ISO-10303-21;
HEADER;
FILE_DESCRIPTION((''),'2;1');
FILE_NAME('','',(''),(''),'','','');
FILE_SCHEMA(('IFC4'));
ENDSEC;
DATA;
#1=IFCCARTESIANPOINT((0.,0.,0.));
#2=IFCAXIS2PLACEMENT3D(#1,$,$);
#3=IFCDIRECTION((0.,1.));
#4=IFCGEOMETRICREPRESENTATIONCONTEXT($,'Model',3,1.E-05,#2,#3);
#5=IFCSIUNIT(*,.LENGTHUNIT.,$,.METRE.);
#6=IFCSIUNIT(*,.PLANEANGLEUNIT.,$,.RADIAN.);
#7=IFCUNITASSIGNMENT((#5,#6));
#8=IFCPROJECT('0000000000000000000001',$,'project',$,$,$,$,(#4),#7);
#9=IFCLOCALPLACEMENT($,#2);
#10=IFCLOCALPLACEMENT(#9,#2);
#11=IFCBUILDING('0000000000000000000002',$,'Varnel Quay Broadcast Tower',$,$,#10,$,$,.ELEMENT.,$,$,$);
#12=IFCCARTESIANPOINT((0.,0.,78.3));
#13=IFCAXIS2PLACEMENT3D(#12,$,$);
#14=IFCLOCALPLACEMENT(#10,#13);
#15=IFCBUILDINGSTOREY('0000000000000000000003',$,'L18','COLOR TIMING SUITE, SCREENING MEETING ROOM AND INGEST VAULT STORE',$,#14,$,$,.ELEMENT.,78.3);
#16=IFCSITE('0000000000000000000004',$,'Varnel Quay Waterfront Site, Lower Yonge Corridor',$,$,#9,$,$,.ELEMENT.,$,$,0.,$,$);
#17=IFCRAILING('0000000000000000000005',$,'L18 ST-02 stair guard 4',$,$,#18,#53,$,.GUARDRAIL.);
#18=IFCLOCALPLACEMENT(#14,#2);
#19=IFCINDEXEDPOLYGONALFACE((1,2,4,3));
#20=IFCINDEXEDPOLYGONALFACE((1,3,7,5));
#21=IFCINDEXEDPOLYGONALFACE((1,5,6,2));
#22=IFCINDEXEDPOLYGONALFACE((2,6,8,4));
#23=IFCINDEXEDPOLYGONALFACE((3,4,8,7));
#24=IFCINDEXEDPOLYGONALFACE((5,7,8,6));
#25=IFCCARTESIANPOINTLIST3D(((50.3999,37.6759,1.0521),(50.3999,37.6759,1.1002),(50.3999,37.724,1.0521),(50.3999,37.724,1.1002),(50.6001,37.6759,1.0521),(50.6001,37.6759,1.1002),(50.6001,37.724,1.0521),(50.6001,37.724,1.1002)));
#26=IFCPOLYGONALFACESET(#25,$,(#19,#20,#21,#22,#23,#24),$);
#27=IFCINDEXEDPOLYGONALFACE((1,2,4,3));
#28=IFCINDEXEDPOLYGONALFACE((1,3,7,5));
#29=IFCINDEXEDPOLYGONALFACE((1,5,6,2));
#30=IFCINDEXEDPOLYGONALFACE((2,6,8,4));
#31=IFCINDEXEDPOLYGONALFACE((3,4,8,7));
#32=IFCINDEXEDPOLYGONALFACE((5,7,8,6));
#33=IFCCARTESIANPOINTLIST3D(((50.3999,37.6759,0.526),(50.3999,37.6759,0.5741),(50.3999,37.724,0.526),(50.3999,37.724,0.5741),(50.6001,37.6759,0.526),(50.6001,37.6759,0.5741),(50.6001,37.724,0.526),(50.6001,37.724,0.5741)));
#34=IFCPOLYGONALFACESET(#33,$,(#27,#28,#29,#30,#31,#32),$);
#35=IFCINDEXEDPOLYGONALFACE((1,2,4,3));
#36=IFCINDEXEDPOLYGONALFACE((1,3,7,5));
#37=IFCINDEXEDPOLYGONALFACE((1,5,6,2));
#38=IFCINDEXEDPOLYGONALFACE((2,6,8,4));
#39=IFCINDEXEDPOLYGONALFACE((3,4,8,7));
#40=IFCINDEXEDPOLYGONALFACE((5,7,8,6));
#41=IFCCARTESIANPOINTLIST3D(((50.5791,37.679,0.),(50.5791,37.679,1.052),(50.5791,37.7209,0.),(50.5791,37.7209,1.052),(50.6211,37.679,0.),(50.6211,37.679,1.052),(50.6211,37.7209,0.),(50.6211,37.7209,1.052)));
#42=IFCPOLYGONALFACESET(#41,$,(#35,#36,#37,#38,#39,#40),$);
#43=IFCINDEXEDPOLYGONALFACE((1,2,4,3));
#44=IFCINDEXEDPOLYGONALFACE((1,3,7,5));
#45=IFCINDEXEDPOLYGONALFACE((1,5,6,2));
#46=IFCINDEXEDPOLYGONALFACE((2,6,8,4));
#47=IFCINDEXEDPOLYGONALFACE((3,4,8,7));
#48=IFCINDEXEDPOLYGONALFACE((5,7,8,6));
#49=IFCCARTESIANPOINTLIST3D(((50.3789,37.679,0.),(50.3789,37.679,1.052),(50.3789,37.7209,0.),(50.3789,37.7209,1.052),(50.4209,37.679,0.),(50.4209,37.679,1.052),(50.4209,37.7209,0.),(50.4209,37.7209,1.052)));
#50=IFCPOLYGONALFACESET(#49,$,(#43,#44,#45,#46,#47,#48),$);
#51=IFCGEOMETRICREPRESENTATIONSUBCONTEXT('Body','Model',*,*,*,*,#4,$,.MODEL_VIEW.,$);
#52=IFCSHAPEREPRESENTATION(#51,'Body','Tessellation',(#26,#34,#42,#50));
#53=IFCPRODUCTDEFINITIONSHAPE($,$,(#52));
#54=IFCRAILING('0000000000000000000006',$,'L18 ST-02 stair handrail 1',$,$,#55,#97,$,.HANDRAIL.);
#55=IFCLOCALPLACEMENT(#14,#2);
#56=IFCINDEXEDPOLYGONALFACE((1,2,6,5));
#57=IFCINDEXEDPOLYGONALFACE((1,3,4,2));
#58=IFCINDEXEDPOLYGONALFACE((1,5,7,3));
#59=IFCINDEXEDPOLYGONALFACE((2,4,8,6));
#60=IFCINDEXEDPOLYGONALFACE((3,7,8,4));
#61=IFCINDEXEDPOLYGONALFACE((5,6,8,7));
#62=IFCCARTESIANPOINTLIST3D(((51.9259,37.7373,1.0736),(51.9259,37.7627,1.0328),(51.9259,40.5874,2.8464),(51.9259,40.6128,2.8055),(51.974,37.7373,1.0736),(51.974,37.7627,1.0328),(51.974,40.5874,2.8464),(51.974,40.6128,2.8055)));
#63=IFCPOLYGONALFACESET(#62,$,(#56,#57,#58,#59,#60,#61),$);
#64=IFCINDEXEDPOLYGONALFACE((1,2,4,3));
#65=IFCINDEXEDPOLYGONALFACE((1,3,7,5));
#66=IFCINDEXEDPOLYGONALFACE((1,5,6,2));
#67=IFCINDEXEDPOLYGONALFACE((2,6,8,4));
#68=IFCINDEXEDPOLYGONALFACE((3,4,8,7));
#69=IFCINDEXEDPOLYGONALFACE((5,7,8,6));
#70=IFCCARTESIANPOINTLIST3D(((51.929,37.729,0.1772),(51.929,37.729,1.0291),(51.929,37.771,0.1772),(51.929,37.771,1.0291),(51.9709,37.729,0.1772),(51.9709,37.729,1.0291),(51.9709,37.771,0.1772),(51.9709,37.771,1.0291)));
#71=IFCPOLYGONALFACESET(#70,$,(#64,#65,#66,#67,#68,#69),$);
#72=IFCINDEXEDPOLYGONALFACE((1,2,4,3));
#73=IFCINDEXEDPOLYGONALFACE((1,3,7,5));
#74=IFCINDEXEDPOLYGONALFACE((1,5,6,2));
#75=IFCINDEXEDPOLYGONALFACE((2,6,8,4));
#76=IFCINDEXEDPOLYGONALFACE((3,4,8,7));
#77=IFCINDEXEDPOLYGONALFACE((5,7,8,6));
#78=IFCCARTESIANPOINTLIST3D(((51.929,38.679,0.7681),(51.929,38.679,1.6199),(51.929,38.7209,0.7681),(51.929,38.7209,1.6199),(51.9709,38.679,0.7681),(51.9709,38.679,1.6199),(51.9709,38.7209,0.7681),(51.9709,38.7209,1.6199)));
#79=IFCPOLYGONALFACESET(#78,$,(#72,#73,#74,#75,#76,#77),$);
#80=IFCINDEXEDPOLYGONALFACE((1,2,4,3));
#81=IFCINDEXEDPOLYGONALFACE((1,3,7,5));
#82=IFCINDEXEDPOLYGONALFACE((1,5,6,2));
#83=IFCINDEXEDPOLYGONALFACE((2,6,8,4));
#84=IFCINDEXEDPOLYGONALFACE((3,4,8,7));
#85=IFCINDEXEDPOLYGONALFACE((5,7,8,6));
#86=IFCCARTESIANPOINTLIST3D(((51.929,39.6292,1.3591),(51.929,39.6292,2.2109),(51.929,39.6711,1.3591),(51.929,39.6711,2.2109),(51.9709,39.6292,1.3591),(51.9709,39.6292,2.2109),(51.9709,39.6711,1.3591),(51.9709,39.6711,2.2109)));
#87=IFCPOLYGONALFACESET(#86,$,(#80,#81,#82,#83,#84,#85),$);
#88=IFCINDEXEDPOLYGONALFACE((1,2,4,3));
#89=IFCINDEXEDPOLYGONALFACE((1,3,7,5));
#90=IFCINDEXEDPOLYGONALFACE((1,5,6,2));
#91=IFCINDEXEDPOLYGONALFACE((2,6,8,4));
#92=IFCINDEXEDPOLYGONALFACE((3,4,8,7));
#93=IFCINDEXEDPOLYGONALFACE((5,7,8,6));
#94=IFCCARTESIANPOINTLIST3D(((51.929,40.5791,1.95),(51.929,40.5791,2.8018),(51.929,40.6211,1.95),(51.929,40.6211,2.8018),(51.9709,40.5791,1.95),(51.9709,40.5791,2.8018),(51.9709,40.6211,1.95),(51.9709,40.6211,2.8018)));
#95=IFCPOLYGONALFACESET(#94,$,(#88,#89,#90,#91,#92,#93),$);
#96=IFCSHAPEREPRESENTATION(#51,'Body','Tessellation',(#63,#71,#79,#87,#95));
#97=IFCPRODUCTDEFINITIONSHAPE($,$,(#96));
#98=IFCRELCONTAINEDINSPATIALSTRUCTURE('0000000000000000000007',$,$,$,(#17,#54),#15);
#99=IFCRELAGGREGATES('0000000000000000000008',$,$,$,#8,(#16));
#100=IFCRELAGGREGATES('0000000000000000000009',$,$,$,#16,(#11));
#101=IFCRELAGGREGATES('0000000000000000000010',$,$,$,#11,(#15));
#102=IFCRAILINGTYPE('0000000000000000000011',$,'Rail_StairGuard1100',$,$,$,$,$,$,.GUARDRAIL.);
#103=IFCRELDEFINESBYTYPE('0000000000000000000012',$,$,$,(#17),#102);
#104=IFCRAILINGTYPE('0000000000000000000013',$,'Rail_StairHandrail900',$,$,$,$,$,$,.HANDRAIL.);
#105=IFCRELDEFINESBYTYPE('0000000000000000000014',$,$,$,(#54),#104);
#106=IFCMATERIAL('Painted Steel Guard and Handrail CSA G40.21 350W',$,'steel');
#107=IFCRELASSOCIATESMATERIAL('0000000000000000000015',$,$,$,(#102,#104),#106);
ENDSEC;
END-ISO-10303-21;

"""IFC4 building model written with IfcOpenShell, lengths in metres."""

from ifc_helpers import new_model, si_unit, direction, frame, origin, origin_2d, place, context, subcontext, project, spatial, rectangle, extrude, material, type_object, element, save


model = new_model("IFC4")

# Units and contexts
model_context = context("Model", 3, precision=1e-05, world=origin(), true_north=direction((0.0, 1.0)))
body_context = subcontext(model_context, "Body", "Model", "MODEL_VIEW")
ifc_project = project(units=[si_unit("LENGTHUNIT", "METRE"), si_unit("PLANEANGLEUNIT", "RADIAN")], contexts=[model_context])

# Site, building, storey
site_placement = place(None, origin())
site = spatial("IfcSite", under=ifc_project, at=site_placement, Name="Varnel Quay Waterfront Site, Lower Yonge Corridor", CompositionType="ELEMENT", RefElevation=0.0)
building_placement = place(site_placement, origin())
building = spatial("IfcBuilding", under=site, at=building_placement, Name="Varnel Quay Broadcast Tower", CompositionType="ELEMENT")
storey_placement = place(building_placement, frame((0.0, 0.0, 78.3)))
storey = spatial("IfcBuildingStorey", under=building, at=storey_placement, Name="L18", Description="COLOR TIMING SUITE, SCREENING MEETING ROOM AND INGEST VAULT STORE", CompositionType="ELEMENT", Elevation=78.3)

# Railings
ifc_material_1 = material(Name="Painted Steel Guard and Handrail CSA G40.21 350W", Category="steel")
railing_type_1 = type_object("IfcRailingType", Name="Rail_StairGuard1100", PredefinedType="GUARDRAIL", material=ifc_material_1)
railing_1_placement = place(storey_placement, frame((50.6001, 37.7, 0.0)))
element("IfcRailing", 1, at=railing_1_placement, inside=storey, type_object=railing_type_1, Name="L18 ST-02 stair guard 4", PredefinedType="GUARDRAIL", context=body_context, shape_type="SweptSolid", body=[
    extrude(rectangle(XDim=0.0481, YDim=0.0481, at=origin_2d()), frame((0.0, 0.0, 1.0762), z_axis=(-1.0, 0.0, 0.0), x_axis=(0.0, -1.0, 0.0)), (0.0, 0.0, 1.0), 0.2002),
    extrude(rectangle(XDim=0.0481, YDim=0.0481, at=origin_2d()), frame((0.0, 0.0, 0.55), z_axis=(-1.0, 0.0, 0.0), x_axis=(0.0, -1.0, 0.0)), (0.0, 0.0, 1.0), 0.2002),
    extrude(rectangle(XDim=0.042, YDim=0.042, at=origin_2d()), origin(), (0.0, 0.0, 1.0), 1.052),
    extrude(rectangle(XDim=0.042, YDim=0.042, at=origin_2d()), frame((-0.2002, 0.0, 0.0)), (0.0, 0.0, 1.0), 1.052),
])
railing_type_2 = type_object("IfcRailingType", Name="Rail_StairHandrail900", PredefinedType="HANDRAIL", material=ifc_material_1)
railing_2_placement = place(storey_placement, frame((51.95, 37.75, 0.1772)))
element("IfcRailing", 2, at=railing_2_placement, inside=storey, type_object=railing_type_2, Name="L18 ST-02 stair handrail 1", PredefinedType="HANDRAIL", context=body_context, shape_type="SweptSolid", body=[
    extrude(rectangle(XDim=0.0481, YDim=0.0481, at=origin_2d()), frame((0.0, 0.0, 0.876), z_axis=(0.0, 0.849149, 0.528154), x_axis=(-1.0, 0.0, 0.0)), (0.0, 0.0, 1.0), 3.3564),
    extrude(rectangle(XDim=0.042, YDim=0.042, at=origin_2d()), origin(), (0.0, 0.0, 1.0), 0.8518),
    extrude(rectangle(XDim=0.042, YDim=0.042, at=origin_2d()), frame((0.0, 0.95, 0.5908)), (0.0, 0.0, 1.0), 0.8518),
    extrude(rectangle(XDim=0.042, YDim=0.042, at=origin_2d()), frame((0.0, 1.9001, 1.1819)), (0.0, 0.0, 1.0), 0.8518),
    extrude(rectangle(XDim=0.042, YDim=0.042, at=origin_2d()), frame((0.0, 2.8501, 1.7727)), (0.0, 0.0, 1.0), 0.8518),
])

save(model, "model.ifc")
